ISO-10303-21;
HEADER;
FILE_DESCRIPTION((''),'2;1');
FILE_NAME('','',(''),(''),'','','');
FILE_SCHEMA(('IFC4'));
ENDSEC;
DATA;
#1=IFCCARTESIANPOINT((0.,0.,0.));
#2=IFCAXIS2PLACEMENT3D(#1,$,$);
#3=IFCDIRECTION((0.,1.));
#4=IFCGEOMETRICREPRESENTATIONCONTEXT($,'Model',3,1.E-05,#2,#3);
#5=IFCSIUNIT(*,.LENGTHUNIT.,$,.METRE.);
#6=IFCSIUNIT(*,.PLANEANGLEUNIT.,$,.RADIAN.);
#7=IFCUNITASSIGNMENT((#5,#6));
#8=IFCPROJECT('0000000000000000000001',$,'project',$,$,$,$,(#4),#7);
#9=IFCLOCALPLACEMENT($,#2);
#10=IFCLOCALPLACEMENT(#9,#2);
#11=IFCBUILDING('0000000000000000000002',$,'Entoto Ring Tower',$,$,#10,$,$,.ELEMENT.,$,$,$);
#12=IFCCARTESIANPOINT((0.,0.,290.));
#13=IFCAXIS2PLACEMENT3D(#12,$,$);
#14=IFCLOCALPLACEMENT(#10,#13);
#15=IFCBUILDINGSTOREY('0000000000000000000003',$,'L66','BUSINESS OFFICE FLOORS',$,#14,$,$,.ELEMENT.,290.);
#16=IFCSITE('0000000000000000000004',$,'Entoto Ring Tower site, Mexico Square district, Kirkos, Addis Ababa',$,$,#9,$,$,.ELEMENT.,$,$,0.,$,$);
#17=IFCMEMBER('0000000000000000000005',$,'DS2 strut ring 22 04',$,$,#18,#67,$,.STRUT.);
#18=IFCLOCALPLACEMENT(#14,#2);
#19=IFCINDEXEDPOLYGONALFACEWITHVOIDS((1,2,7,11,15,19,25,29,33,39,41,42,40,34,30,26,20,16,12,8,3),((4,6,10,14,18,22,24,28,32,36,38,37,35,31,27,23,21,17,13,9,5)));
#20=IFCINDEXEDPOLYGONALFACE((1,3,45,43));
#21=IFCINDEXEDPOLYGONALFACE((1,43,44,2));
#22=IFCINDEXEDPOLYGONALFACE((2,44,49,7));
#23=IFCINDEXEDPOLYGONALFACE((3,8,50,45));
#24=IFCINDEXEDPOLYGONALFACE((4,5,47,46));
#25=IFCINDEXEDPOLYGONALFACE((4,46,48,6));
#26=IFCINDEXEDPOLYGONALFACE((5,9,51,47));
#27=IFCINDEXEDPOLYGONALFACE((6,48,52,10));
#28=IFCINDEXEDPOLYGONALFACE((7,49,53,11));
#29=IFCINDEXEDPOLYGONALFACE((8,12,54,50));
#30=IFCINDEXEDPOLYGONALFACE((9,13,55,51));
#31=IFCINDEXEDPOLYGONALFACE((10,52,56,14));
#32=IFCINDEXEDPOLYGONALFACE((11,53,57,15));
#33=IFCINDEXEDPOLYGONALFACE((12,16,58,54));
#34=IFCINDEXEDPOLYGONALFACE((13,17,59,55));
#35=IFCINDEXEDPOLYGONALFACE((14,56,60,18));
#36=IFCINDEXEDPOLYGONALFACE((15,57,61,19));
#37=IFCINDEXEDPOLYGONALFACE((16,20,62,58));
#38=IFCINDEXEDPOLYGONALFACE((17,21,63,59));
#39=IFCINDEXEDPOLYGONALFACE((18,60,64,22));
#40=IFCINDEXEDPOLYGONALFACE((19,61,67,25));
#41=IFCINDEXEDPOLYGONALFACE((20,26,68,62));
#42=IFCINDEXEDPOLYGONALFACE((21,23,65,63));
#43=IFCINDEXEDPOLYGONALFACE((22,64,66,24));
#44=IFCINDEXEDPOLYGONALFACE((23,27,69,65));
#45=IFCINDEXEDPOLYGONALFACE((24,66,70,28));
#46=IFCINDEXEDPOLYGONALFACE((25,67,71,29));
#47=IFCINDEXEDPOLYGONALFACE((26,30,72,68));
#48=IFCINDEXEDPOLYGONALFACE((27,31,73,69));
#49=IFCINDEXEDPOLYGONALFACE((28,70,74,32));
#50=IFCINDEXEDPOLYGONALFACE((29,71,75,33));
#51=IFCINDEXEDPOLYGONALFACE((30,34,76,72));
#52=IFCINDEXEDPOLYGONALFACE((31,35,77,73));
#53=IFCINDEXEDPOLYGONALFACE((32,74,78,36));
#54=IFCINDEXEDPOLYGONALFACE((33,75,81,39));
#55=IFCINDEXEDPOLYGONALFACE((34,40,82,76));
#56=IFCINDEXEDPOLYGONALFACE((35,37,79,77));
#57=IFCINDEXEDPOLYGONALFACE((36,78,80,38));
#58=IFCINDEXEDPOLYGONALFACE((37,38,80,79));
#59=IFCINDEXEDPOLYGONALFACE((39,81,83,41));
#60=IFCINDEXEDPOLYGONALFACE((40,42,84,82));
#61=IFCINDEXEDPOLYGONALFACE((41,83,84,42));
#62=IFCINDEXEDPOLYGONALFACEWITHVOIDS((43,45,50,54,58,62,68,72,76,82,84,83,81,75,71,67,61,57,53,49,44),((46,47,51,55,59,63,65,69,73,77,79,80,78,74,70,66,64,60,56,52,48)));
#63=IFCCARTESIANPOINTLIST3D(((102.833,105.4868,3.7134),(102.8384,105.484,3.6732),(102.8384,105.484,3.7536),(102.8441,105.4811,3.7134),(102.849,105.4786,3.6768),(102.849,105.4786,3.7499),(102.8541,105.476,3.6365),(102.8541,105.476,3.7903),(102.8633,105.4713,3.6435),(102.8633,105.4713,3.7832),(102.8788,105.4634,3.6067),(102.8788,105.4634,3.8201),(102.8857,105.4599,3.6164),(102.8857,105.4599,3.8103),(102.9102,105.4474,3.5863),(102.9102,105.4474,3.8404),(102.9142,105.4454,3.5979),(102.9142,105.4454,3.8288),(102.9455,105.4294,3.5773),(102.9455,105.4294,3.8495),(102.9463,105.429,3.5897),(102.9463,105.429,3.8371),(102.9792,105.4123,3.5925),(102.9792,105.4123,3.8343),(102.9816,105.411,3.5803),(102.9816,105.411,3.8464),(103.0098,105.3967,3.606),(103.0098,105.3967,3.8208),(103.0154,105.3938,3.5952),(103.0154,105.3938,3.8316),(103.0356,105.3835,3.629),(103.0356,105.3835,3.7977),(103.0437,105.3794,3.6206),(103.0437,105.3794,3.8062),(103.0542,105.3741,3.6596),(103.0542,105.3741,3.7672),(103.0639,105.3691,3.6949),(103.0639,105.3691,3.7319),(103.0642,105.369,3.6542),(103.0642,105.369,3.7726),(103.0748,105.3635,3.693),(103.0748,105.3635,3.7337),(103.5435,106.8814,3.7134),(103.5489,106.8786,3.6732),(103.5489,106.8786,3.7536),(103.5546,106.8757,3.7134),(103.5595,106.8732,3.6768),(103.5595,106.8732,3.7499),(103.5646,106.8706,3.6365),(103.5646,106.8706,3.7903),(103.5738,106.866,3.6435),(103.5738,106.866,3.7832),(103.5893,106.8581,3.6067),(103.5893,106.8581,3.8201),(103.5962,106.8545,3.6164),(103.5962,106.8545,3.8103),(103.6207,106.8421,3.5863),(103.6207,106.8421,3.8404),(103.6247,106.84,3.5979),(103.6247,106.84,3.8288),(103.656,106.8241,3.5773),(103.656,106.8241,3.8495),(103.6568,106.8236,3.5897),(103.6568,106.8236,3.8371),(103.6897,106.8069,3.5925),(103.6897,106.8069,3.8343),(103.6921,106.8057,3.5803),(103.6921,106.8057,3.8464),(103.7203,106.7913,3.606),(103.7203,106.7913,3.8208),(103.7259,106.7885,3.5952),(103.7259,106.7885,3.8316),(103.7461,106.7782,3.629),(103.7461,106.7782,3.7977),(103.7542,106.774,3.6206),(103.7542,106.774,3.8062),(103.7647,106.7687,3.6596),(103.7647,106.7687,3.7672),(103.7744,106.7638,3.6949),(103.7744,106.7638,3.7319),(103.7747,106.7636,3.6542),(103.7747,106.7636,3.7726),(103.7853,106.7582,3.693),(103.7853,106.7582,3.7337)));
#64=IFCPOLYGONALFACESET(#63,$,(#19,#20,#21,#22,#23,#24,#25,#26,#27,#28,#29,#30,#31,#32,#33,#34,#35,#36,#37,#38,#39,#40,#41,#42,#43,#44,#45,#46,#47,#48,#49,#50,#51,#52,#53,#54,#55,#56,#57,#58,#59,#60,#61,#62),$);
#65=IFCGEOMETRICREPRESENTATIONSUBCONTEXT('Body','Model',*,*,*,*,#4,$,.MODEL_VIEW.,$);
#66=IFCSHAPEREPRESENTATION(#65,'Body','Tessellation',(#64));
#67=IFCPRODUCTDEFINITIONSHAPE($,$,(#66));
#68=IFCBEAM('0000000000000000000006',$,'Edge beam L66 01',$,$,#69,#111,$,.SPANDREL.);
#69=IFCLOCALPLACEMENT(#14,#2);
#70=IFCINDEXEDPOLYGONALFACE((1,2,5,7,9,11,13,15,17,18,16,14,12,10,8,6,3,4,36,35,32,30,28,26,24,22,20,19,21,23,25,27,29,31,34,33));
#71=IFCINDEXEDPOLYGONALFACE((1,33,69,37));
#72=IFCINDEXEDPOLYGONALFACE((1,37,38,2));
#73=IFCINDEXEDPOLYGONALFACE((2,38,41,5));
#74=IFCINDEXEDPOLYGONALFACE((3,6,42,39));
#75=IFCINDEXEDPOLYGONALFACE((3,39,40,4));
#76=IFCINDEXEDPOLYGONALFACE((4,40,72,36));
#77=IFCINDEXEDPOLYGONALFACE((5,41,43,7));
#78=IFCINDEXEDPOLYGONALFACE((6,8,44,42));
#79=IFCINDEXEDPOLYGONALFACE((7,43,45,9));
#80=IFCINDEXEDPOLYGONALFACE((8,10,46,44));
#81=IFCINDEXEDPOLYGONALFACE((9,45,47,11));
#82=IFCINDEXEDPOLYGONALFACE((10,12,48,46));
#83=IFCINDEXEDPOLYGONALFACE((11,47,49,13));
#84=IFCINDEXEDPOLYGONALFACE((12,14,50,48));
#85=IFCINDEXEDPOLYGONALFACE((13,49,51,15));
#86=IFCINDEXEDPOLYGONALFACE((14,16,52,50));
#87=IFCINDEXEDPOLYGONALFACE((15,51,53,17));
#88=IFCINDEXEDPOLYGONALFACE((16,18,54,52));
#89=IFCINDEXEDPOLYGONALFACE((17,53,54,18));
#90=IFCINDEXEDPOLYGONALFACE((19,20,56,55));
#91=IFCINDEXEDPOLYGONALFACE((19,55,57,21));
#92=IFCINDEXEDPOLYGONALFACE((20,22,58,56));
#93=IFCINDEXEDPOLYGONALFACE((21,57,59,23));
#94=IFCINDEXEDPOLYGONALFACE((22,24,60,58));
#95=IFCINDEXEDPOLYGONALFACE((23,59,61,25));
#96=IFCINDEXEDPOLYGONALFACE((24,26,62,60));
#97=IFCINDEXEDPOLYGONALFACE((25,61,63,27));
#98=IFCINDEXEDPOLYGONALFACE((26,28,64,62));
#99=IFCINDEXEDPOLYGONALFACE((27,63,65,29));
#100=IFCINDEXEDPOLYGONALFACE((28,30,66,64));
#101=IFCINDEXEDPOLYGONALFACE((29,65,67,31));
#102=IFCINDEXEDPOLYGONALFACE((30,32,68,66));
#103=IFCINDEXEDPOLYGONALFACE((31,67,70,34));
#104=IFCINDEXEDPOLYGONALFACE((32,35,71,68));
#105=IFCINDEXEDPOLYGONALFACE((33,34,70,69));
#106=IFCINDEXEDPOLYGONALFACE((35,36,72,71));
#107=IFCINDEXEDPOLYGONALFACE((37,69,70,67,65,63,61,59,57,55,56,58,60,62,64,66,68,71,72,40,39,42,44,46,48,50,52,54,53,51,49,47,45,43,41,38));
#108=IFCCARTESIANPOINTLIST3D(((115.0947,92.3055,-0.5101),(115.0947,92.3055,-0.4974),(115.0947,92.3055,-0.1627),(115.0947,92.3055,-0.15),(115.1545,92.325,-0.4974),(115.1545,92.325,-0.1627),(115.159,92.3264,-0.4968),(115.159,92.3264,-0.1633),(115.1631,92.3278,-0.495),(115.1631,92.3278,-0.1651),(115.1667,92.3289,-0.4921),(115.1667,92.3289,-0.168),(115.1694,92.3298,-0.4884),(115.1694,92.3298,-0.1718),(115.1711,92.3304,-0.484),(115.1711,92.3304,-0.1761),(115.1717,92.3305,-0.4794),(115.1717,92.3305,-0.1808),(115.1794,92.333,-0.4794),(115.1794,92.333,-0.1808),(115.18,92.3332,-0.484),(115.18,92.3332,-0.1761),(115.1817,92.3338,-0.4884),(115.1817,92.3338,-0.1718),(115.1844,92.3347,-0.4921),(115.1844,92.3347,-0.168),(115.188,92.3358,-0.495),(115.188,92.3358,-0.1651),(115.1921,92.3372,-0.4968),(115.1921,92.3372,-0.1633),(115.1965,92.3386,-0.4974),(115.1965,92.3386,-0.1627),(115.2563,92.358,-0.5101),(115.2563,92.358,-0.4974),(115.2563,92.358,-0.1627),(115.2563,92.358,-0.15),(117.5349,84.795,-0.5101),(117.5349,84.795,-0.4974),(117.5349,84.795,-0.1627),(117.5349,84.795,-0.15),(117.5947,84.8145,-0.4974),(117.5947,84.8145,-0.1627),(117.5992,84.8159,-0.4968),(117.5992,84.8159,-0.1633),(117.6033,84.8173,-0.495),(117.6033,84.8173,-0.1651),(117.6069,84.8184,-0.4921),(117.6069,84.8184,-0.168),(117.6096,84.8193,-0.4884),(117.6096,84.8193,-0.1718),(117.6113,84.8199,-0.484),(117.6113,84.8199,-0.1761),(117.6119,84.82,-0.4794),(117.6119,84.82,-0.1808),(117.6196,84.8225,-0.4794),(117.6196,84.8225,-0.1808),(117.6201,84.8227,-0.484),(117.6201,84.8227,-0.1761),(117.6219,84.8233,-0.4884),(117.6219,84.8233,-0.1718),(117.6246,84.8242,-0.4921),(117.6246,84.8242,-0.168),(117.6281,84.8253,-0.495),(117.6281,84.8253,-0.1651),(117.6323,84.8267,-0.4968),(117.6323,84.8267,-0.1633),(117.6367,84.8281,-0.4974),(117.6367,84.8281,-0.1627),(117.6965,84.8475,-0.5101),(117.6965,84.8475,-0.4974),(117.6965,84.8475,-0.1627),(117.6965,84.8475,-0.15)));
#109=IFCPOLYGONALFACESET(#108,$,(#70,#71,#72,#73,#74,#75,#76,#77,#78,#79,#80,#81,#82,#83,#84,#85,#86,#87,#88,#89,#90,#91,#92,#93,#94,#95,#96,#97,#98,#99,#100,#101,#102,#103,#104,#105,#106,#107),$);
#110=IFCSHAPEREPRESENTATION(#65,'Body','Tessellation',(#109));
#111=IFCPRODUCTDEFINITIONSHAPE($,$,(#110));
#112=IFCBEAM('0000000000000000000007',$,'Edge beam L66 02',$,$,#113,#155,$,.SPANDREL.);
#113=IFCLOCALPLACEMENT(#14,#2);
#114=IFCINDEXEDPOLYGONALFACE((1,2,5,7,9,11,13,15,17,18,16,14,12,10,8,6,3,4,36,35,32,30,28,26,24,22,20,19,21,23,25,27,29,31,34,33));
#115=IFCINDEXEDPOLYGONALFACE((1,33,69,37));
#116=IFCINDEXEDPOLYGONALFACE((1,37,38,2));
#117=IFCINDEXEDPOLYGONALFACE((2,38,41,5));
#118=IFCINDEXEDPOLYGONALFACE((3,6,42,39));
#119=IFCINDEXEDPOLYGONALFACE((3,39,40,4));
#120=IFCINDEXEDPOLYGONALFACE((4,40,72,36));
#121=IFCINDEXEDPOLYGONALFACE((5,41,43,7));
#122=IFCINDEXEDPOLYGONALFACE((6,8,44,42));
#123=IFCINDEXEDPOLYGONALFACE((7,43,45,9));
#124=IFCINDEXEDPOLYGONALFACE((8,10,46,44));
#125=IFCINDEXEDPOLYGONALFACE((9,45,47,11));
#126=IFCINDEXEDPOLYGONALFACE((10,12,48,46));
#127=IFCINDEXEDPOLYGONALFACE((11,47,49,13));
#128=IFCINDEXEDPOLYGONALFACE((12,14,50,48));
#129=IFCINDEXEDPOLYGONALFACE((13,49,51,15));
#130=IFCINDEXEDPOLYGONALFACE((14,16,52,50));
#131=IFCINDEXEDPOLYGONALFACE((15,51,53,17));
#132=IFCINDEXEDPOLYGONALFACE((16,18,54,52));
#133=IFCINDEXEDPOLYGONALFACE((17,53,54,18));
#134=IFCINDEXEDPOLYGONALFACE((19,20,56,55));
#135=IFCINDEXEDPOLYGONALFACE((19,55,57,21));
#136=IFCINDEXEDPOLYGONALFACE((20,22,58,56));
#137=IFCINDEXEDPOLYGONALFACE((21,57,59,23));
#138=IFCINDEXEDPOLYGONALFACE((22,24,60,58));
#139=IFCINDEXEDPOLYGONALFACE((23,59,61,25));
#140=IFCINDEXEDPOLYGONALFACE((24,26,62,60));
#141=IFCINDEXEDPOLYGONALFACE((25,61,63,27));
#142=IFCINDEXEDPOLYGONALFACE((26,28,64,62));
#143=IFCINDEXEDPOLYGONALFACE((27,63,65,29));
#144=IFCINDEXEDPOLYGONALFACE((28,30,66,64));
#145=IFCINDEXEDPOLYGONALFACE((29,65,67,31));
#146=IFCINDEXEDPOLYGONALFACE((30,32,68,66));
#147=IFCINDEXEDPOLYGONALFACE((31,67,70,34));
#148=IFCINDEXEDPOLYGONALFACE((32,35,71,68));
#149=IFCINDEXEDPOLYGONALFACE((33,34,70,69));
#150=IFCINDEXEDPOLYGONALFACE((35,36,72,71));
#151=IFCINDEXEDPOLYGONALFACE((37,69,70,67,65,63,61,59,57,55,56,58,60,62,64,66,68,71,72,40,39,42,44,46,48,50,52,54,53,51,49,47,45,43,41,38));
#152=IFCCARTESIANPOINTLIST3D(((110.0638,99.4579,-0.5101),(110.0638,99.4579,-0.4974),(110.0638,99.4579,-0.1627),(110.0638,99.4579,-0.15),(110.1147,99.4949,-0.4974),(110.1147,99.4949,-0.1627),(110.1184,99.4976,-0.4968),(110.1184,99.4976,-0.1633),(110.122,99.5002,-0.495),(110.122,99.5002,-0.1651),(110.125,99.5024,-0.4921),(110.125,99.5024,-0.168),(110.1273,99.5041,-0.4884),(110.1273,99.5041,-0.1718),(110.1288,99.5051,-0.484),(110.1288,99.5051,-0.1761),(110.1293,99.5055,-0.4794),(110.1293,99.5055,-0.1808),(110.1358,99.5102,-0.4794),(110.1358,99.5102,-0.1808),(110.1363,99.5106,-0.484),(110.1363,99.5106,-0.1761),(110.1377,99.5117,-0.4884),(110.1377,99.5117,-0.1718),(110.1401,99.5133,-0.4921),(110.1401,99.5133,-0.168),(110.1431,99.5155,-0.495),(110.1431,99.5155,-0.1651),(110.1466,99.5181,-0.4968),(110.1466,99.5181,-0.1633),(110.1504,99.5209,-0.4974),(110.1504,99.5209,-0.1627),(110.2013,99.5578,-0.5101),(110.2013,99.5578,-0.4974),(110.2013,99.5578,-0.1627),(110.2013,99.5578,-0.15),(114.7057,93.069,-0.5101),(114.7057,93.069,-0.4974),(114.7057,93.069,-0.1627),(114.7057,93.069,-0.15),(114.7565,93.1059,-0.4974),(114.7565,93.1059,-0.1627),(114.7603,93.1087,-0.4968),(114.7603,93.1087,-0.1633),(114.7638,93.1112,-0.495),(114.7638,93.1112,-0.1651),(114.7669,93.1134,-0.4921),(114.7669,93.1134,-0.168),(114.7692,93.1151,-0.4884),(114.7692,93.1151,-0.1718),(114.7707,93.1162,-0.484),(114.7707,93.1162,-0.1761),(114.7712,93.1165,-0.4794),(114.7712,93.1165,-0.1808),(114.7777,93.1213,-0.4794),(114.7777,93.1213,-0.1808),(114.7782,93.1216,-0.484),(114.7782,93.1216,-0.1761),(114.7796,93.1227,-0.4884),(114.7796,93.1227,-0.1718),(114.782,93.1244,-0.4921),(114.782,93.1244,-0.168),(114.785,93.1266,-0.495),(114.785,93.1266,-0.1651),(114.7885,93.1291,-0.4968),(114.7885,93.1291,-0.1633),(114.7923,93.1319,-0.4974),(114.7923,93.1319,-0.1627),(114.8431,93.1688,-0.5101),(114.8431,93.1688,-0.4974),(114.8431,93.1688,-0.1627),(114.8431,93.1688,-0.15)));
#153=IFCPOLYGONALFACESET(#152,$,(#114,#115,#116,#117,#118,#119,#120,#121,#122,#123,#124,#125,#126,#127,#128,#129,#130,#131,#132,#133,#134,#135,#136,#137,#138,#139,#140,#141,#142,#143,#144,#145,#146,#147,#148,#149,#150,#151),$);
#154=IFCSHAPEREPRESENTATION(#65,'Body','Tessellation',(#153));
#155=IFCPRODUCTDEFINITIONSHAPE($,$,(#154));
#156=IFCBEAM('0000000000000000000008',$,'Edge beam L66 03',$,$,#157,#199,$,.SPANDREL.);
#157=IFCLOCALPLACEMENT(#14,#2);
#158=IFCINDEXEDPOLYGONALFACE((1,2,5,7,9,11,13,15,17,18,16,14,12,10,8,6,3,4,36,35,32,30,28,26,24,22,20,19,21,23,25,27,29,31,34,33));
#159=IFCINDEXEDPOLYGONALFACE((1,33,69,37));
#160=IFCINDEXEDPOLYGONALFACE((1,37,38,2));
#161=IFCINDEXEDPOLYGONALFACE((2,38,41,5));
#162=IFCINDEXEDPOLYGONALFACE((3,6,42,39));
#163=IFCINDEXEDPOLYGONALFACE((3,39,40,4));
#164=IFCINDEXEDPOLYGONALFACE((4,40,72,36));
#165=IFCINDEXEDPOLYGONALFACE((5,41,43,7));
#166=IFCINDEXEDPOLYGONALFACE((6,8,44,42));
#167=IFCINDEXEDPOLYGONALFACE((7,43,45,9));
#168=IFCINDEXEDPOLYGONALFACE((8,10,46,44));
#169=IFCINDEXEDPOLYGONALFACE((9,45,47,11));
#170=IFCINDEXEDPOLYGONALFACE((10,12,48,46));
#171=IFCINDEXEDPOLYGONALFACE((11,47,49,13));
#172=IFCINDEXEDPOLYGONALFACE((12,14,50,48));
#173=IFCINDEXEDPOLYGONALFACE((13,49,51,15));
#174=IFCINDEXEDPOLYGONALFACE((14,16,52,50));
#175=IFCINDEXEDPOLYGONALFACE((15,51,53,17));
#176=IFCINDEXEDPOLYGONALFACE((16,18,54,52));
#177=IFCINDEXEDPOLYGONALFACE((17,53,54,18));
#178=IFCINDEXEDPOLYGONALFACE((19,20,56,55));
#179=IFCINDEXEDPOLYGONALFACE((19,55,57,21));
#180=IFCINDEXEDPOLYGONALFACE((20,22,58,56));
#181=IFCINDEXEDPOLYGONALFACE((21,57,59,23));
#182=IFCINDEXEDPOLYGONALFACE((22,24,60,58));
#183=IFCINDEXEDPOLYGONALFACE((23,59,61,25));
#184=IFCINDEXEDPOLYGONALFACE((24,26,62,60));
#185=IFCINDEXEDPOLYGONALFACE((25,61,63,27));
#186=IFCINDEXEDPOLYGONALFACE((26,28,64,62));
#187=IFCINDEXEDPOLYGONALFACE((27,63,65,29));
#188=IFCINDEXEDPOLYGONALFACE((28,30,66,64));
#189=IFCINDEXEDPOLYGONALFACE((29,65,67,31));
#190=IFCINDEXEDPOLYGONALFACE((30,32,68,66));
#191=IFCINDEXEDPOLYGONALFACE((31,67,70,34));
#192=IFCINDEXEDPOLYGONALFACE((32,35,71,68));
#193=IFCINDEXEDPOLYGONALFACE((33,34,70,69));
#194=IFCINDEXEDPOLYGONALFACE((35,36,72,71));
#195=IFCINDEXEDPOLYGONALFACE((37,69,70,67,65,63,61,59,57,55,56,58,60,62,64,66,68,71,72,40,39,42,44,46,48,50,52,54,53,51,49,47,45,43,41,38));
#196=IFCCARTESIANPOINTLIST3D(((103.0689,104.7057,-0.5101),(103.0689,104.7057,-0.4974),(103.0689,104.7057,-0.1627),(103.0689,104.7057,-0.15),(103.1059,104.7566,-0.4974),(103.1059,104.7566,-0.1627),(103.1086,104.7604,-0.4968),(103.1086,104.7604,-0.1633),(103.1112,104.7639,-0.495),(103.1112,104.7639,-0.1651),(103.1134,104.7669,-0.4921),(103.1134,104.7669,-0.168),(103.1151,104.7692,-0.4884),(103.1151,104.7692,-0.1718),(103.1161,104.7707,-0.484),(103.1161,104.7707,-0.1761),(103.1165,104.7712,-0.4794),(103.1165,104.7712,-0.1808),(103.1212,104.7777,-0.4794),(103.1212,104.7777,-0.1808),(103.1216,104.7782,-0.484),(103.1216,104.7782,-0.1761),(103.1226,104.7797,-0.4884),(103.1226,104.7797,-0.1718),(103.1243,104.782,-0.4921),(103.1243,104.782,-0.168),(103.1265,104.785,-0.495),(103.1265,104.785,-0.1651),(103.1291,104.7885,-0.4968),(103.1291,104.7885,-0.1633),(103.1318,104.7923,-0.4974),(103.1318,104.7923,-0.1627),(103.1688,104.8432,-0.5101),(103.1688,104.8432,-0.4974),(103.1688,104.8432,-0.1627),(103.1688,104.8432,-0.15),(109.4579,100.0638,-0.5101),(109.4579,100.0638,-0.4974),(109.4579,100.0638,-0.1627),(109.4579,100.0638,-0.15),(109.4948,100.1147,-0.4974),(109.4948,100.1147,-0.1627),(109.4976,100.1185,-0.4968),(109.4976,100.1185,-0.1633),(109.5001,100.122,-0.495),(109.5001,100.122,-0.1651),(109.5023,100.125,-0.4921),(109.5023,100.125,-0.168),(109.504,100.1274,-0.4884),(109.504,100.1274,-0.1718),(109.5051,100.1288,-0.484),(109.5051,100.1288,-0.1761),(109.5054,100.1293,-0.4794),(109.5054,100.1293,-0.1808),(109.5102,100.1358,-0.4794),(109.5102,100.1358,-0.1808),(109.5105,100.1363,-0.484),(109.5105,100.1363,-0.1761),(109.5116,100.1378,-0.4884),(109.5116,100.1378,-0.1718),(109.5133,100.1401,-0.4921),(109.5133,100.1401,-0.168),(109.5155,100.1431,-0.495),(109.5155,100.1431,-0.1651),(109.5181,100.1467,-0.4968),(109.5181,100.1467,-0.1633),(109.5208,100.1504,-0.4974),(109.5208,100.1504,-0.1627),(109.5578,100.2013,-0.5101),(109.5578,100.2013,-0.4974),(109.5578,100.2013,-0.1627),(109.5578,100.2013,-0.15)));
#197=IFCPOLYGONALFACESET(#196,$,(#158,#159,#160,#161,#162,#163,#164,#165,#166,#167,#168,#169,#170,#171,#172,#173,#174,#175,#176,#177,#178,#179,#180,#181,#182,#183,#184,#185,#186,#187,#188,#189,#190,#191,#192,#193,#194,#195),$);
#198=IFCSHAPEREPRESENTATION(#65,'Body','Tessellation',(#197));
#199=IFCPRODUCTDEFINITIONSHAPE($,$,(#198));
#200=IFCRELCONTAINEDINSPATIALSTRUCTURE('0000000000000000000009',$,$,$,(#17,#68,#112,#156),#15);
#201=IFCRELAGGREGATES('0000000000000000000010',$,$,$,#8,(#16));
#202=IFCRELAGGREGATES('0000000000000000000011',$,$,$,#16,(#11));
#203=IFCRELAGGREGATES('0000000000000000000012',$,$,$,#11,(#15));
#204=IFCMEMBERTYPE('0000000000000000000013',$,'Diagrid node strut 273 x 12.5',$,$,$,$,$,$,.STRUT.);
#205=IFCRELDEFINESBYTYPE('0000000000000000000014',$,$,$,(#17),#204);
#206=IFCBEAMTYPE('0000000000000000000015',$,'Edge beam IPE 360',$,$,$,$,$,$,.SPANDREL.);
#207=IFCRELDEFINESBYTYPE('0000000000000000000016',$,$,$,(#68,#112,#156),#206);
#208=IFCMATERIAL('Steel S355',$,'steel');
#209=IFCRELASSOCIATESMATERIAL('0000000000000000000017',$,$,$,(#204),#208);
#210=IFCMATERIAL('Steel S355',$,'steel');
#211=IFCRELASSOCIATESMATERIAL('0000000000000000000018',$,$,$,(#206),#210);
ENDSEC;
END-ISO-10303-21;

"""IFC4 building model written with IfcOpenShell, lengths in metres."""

from ifc_helpers import new_model, si_unit, direction, frame, origin, origin_2d, place, context, subcontext, project, spatial, circle, hollow_circle, i_section, extrude, material, material_profile, profile_set, type_object, element, save


model = new_model("IFC4")

# Units and contexts
model_context = context("Model", 3, precision=1e-05, world=origin(), true_north=direction((0.0, 1.0)))
body_context = subcontext(model_context, "Body", "Model", "MODEL_VIEW")
ifc_project = project(units=[si_unit("LENGTHUNIT", "METRE"), si_unit("PLANEANGLEUNIT", "RADIAN")], contexts=[model_context])

# Site, building, storey
site_placement = place(None, origin())
site = spatial("IfcSite", under=ifc_project, at=site_placement, Name="Entoto Ring Tower site, Mexico Square district, Kirkos, Addis Ababa", CompositionType="ELEMENT", RefElevation=0.0)
building_placement = place(site_placement, origin())
building = spatial("IfcBuilding", under=site, at=building_placement, Name="Entoto Ring Tower", CompositionType="ELEMENT")
storey_placement = place(building_placement, frame((0.0, 0.0, 290.0)))
storey = spatial("IfcBuildingStorey", under=building, at=storey_placement, Name="L66", Description="BUSINESS OFFICE FLOORS", CompositionType="ELEMENT", Elevation=290.0)

# Member
ifc_material_1 = material(Name="Steel S355", Category="steel")
ifc_material_profile_1 = material_profile(ifc_material_1, hollow_circle(Radius=0.1365, WallThickness=0.0125, at=origin_2d()), Name="CHS 273 x 12.5")
ifc_material_2 = material(Name="Concrete C60/75", Category="concrete")
ifc_material_profile_2 = material_profile(ifc_material_2, circle(Radius=0.124, at=origin_2d()), Name="Concrete C60/75 infill")
ifc_profile_set_1 = profile_set([ifc_material_profile_1, ifc_material_profile_2], Name="Steel S355")
member_type = type_object("IfcMemberType", Name="Diagrid node strut 273 x 12.5", PredefinedType="STRUT", material=ifc_profile_set_1)
for number, where, z_axis, x_axis, name in (
    (1, (102.9546, 105.4248, 3.7134), (0.45394, 0.891032, 0.0), (-0.891032, 0.45394, 0.0), "DS2 strut ring 22 04"),
):
    element("IfcMember", number, at=place(storey_placement, frame(where, z_axis=z_axis, x_axis=x_axis)), inside=storey, type_object=member_type, Name=name, PredefinedType="STRUT", context=body_context, shape_type="SweptSolid", body=[
        extrude(hollow_circle(Radius=0.1365, WallThickness=0.0125, at=origin_2d()), origin(), (0.0, 0.0, 1.0), 1.5652),
    ])

# Beams
ifc_material_3 = material(Name="Steel S355", Category="steel")
ifc_material_profile_3 = material_profile(ifc_material_3, i_section(OverallWidth=0.1699, OverallDepth=0.3601, WebThickness=0.0081, FlangeThickness=0.0127, FilletRadius=0.0181, at=origin_2d()), Name="IPE 360")
ifc_profile_set_2 = profile_set([ifc_material_profile_3], Name="Steel S355")
beam_type_1 = type_object("IfcBeamType", Name="Edge beam IPE 360", PredefinedType="SPANDREL", material=ifc_profile_set_2)
beam_1_placement = place(storey_placement, frame((117.6157, 84.8213, -0.3301), z_axis=(-0.309003, 0.951061, 0.0), x_axis=(-0.951061, -0.309003, 0.0)))
element("IfcBeam", 2, at=beam_1_placement, inside=storey, type_object=beam_type_1, Name="Edge beam L66 01", PredefinedType="SPANDREL", context=body_context, shape_type="SweptSolid", body=[
    extrude(i_section(OverallWidth=0.1699, OverallDepth=0.3601, WebThickness=0.0081, FlangeThickness=0.0127, FilletRadius=0.0181, at=origin_2d()), origin(), (0.0, 0.0, 1.0), 7.897),
])
for number, where, z_axis, x_axis, name in (
    (3, (114.7744, 93.1189, -0.3301), (-0.587787, 0.809015, 0.0), (-0.809015, -0.587787, 0.0), "Edge beam L66 02"),
    (4, (109.5078, 100.1326, -0.3301), (-0.809015, 0.587787, 0.0), (-0.587787, -0.809015, 0.0), "Edge beam L66 03"),
):
    element("IfcBeam", number, at=place(storey_placement, frame(where, z_axis=z_axis, x_axis=x_axis)), inside=storey, type_object=beam_type_1, Name=name, PredefinedType="SPANDREL", context=body_context, shape_type="SweptSolid", body=[
        extrude(i_section(OverallWidth=0.1699, OverallDepth=0.3601, WebThickness=0.0081, FlangeThickness=0.0127, FilletRadius=0.0181, at=origin_2d()), origin(), (0.0, 0.0, 1.0), 7.8972),
    ])

save(model, "model.ifc")
